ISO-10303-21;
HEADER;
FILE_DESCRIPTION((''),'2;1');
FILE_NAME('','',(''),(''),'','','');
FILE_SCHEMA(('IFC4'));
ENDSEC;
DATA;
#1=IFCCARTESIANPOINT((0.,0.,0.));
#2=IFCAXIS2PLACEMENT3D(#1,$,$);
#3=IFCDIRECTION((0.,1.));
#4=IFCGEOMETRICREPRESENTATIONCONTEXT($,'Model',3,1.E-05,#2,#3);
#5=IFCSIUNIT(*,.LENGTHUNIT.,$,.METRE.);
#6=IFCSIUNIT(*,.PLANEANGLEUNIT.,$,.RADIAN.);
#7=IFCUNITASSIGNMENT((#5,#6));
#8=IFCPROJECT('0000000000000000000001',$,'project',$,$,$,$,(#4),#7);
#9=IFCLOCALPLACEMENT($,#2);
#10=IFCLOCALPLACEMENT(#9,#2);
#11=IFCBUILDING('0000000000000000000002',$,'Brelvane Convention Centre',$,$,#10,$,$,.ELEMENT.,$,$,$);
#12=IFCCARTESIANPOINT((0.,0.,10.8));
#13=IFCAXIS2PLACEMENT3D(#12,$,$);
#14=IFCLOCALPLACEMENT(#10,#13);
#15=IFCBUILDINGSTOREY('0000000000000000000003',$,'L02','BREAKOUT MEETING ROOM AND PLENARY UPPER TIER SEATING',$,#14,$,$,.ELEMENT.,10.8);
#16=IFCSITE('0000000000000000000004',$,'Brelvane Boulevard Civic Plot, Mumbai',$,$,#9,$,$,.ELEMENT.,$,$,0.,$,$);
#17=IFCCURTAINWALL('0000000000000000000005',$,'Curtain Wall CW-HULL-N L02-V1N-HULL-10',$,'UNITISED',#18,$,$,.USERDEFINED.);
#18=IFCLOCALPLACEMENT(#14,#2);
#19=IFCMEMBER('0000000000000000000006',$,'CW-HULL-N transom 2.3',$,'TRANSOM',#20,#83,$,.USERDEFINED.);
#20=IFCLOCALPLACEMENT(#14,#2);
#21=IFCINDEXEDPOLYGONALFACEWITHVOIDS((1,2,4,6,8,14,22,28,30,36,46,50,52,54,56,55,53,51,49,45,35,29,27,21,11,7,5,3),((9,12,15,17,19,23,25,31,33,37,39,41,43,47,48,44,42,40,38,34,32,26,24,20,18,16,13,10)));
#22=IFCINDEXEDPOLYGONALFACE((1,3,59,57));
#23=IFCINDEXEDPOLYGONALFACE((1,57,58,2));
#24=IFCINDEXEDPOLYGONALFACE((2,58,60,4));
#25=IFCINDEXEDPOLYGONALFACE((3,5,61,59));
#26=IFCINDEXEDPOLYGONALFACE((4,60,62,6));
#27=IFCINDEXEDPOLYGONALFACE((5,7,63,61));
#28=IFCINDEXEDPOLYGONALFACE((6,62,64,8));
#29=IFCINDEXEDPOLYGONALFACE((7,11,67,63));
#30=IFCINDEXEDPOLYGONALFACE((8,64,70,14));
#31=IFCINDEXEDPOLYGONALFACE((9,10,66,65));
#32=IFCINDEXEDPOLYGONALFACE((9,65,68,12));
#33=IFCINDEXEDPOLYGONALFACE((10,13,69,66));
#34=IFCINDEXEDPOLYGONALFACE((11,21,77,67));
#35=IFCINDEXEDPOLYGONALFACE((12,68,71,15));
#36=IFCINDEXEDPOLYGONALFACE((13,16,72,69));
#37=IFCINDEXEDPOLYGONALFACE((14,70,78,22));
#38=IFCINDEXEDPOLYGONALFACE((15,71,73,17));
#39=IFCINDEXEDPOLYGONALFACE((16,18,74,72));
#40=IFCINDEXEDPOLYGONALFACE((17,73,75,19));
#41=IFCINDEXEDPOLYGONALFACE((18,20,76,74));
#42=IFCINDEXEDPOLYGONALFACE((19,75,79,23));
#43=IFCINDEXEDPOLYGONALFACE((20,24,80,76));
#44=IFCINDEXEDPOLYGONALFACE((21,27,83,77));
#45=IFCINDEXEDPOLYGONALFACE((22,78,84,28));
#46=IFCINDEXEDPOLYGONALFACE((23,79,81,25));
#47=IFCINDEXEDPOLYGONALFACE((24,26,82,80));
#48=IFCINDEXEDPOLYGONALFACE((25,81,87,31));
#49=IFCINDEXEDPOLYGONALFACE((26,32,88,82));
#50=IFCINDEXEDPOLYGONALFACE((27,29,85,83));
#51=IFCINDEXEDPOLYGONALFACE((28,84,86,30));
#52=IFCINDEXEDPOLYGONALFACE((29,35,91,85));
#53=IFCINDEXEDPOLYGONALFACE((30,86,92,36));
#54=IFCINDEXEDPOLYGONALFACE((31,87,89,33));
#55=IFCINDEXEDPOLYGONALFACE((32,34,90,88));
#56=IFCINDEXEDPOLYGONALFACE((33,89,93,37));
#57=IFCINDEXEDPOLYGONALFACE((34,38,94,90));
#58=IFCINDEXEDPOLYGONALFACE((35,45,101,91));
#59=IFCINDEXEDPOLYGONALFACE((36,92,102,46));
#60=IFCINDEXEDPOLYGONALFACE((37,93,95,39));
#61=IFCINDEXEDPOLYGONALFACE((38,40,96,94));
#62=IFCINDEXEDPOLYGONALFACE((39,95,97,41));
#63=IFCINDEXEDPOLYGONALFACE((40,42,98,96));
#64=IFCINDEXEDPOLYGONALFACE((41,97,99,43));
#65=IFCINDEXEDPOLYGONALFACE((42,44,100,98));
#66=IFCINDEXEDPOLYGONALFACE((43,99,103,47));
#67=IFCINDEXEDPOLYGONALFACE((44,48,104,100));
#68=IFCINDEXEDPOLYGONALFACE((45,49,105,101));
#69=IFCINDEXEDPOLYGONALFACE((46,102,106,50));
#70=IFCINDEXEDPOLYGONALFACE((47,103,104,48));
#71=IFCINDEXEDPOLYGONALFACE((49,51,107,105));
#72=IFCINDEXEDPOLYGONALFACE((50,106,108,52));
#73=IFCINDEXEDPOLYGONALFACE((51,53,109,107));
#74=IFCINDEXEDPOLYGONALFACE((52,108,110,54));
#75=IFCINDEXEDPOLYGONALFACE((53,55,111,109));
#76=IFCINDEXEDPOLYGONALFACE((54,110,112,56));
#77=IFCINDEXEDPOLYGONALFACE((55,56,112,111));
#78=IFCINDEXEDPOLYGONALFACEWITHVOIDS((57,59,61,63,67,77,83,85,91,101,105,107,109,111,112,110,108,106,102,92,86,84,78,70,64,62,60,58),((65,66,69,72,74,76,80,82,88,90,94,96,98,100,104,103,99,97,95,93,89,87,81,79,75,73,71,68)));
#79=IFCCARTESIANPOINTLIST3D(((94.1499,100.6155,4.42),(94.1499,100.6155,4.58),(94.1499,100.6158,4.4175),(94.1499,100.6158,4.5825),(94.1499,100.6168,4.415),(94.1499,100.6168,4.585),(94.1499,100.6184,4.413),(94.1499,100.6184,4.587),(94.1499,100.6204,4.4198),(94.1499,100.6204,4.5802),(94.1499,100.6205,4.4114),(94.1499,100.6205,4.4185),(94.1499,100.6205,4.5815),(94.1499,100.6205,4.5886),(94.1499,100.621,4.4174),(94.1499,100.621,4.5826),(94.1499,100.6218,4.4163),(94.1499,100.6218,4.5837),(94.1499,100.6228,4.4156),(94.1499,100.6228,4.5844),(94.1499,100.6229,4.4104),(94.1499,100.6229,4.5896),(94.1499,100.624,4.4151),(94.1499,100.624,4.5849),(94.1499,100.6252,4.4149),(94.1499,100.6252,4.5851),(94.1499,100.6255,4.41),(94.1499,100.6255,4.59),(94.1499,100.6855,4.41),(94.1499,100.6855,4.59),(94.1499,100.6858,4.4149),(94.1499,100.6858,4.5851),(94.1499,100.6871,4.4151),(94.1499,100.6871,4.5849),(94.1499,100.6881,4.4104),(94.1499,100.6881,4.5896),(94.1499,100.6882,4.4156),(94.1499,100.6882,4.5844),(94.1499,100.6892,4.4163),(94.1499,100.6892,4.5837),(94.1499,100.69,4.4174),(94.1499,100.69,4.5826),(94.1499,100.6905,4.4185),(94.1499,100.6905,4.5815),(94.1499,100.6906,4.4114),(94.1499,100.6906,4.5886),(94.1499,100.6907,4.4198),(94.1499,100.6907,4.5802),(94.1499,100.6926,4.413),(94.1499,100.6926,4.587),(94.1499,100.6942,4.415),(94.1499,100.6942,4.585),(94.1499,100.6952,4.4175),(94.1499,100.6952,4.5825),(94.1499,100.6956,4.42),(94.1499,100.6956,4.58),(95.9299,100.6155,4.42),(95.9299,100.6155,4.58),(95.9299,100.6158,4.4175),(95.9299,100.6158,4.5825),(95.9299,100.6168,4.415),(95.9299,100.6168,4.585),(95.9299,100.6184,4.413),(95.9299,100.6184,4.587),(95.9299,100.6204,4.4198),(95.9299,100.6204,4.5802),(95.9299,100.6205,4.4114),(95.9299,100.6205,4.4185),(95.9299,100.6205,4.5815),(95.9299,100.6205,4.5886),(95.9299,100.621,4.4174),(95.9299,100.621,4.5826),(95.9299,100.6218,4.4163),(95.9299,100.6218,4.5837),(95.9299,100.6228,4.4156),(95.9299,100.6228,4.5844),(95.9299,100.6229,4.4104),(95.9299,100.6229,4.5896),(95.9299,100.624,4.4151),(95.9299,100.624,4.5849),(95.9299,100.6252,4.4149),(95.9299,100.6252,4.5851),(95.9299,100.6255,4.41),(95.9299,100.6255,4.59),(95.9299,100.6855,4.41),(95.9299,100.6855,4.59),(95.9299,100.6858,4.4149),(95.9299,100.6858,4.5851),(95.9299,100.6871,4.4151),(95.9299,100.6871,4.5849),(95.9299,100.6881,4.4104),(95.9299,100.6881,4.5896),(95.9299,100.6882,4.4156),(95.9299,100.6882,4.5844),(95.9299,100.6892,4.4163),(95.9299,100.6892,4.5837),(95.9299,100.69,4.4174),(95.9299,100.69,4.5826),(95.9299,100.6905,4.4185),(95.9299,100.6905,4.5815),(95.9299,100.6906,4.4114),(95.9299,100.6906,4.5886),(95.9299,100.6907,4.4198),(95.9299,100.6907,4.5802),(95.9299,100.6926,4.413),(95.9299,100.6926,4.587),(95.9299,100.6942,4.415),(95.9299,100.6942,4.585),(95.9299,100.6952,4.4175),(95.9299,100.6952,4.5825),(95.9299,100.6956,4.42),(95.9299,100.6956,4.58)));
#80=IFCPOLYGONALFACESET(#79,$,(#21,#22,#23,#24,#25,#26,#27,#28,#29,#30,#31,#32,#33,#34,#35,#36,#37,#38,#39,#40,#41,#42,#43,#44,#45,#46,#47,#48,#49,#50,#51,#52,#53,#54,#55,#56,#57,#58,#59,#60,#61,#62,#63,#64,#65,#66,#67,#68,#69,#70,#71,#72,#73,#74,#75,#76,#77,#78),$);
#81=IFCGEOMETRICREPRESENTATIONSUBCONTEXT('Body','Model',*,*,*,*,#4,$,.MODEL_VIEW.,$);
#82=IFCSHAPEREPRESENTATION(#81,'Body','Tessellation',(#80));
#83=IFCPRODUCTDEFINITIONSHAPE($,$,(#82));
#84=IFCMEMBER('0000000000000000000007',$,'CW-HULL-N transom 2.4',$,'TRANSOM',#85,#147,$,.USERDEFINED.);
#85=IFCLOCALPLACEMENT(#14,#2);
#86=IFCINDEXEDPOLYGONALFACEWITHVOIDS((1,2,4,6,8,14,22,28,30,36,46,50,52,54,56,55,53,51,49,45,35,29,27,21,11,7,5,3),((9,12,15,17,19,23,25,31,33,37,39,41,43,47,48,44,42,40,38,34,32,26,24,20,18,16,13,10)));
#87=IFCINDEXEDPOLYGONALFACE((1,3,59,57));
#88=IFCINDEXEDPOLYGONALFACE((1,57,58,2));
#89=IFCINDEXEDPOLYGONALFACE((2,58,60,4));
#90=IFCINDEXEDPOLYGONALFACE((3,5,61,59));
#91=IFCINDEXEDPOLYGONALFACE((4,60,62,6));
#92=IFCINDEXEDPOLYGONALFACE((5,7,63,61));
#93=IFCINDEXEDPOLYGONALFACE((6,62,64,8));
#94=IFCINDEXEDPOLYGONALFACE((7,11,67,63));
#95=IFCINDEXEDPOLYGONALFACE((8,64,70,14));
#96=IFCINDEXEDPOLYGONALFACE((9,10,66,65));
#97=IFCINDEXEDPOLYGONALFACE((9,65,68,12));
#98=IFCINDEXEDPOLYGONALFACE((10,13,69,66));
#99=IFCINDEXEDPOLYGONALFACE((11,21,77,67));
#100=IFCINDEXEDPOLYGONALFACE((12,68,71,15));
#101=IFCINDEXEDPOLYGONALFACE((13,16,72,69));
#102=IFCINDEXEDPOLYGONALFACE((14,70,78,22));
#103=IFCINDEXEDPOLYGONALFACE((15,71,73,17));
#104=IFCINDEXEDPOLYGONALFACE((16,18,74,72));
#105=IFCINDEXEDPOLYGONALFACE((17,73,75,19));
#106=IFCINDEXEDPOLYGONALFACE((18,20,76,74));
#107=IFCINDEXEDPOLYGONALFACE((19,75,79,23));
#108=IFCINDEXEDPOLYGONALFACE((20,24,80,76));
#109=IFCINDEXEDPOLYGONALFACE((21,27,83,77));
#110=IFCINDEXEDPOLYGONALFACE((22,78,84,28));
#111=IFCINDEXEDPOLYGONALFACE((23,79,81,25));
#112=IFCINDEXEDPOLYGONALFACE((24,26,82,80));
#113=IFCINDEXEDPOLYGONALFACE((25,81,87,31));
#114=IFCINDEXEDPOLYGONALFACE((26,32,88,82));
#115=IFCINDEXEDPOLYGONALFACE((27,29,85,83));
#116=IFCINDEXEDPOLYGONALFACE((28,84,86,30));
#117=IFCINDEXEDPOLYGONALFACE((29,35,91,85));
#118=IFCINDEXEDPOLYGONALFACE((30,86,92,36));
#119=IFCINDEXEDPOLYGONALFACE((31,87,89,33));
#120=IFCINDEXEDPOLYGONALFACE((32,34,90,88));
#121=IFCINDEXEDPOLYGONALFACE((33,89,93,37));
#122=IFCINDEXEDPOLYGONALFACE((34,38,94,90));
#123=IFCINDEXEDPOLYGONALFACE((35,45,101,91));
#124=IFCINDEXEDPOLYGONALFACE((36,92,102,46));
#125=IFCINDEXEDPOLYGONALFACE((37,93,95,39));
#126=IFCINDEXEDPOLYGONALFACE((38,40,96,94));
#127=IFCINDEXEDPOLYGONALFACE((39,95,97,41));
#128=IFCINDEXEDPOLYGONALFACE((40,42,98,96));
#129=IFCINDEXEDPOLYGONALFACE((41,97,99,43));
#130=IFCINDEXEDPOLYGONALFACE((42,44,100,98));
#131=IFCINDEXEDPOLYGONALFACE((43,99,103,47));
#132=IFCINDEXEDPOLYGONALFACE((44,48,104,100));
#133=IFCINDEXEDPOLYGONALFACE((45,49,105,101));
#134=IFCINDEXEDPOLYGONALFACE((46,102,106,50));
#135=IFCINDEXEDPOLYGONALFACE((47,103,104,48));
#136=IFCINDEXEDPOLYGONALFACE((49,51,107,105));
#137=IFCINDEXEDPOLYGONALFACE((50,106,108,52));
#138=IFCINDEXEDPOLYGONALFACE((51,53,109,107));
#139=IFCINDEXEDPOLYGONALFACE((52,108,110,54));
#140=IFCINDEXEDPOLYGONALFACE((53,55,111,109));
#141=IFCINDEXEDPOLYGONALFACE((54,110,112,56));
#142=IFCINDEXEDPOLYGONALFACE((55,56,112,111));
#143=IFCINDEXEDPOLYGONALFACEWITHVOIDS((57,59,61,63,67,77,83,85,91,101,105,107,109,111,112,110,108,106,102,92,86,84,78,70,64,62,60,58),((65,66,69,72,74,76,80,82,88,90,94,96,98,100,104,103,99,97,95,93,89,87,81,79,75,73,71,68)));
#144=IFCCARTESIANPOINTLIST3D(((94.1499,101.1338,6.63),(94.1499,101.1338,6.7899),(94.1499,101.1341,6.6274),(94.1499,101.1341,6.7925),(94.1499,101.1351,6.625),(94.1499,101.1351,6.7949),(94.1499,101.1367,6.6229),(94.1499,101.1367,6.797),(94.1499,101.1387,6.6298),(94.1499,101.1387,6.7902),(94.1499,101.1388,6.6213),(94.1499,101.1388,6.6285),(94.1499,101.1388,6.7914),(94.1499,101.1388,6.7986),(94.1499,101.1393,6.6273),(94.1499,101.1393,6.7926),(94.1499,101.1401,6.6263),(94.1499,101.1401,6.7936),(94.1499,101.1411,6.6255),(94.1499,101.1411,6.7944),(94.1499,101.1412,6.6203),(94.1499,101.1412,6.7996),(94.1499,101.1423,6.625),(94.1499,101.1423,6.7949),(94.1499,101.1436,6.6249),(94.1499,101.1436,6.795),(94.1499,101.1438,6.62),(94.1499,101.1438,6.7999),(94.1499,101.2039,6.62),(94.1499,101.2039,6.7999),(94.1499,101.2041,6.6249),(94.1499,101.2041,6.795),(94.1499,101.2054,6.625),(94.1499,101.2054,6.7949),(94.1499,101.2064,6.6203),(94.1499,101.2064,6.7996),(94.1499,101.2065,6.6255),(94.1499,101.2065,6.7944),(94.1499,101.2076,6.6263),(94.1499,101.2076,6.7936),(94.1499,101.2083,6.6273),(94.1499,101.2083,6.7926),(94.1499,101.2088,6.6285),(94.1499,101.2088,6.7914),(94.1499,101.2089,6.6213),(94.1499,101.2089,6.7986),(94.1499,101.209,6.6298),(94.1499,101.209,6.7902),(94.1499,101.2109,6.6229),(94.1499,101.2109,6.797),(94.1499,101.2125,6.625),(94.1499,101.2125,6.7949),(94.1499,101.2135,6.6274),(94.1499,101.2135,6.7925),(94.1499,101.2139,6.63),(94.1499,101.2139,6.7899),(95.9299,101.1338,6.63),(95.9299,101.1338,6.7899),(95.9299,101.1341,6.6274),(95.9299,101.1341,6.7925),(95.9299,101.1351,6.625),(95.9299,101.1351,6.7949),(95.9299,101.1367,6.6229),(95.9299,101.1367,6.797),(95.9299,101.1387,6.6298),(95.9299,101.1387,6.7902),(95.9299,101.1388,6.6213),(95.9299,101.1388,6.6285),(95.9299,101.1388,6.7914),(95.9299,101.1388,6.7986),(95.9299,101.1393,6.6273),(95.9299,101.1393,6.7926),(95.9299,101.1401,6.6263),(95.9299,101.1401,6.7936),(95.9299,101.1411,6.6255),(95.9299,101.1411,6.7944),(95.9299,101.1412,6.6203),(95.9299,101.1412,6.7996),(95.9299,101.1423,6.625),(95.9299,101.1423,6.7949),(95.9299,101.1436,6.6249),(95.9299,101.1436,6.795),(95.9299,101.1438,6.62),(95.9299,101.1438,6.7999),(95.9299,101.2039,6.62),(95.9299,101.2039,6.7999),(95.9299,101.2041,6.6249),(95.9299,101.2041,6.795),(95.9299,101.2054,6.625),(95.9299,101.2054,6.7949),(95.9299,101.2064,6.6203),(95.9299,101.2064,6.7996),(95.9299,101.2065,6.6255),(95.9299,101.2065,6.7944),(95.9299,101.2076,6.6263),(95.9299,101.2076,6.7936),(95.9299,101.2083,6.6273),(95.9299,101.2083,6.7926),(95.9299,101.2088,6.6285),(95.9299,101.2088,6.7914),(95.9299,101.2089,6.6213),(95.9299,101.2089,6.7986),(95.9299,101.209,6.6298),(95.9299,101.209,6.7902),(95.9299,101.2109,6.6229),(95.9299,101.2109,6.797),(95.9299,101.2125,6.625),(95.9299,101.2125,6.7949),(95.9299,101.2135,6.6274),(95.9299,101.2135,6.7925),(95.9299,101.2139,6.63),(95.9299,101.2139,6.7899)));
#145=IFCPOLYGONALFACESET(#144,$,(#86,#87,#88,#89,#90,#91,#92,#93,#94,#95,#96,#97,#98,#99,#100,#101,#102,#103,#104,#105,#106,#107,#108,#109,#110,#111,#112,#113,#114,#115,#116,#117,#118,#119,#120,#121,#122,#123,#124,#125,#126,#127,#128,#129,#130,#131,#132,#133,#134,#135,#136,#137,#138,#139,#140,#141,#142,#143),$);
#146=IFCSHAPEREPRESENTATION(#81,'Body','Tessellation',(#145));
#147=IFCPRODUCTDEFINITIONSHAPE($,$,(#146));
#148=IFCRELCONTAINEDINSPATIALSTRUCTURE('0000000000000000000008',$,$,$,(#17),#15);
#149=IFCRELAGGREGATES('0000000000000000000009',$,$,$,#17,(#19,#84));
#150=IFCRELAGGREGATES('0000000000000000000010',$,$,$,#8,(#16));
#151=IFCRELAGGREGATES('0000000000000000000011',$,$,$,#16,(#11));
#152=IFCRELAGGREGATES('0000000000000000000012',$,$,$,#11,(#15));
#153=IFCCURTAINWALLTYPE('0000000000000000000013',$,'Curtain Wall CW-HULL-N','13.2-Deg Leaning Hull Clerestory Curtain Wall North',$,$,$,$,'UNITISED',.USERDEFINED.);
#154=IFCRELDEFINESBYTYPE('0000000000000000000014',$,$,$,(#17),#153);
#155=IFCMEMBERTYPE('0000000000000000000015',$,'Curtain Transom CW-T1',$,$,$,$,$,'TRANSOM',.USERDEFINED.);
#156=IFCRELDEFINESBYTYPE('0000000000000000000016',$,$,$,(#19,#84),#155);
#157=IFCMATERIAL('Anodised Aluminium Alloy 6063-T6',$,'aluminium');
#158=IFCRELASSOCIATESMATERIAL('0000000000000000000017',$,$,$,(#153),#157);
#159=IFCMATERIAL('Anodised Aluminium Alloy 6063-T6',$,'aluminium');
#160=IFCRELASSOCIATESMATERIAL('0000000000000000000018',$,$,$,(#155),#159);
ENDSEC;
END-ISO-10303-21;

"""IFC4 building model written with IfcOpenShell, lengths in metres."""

from ifc_helpers import new_model, si_unit, direction, frame, origin, origin_2d, place, context, subcontext, project, spatial, hollow_rectangle, extrude, material, material_profile, profile_set, type_object, element, aggregate, save


model = new_model("IFC4")

# Units and contexts
model_context = context("Model", 3, precision=1e-05, world=origin(), true_north=direction((0.0, 1.0)))
body_context = subcontext(model_context, "Body", "Model", "MODEL_VIEW")
ifc_project = project(units=[si_unit("LENGTHUNIT", "METRE"), si_unit("PLANEANGLEUNIT", "RADIAN")], contexts=[model_context])

# Site, building, storey
site_placement = place(None, origin())
site = spatial("IfcSite", under=ifc_project, at=site_placement, Name="Brelvane Boulevard Civic Plot, Mumbai", CompositionType="ELEMENT", RefElevation=0.0)
building_placement = place(site_placement, origin())
building = spatial("IfcBuilding", under=site, at=building_placement, Name="Brelvane Convention Centre", CompositionType="ELEMENT")
storey_placement = place(building_placement, frame((0.0, 0.0, 10.8)))
storey = spatial("IfcBuildingStorey", under=building, at=storey_placement, Name="L02", Description="BREAKOUT MEETING ROOM AND PLENARY UPPER TIER SEATING", CompositionType="ELEMENT", Elevation=10.8)

# Curtain wall, members
ifc_material_1 = material(Name="Anodised Aluminium Alloy 6063-T6", Category="aluminium")
curtain_wall_type = type_object("IfcCurtainWallType", Name="Curtain Wall CW-HULL-N", Description="13.2-Deg Leaning Hull Clerestory Curtain Wall North", ElementType="UNITISED", PredefinedType="USERDEFINED", material=ifc_material_1)
curtain_wall_placement = place(storey_placement, origin())
curtain_wall = element("IfcCurtainWall", 1, at=curtain_wall_placement, inside=storey, type_object=curtain_wall_type, Name="Curtain Wall CW-HULL-N L02-V1N-HULL-10", ObjectType="UNITISED", PredefinedType="USERDEFINED")
ifc_material_2 = material(Name="Anodised Aluminium Alloy 6063-T6", Category="aluminium")
ifc_material_profile_1 = material_profile(ifc_material_2, hollow_rectangle(XDim=0.0801, YDim=0.1799, WallThickness=0.0049, InnerFilletRadius=0.0049, OuterFilletRadius=0.01, at=origin_2d()), Name="ALU-T 180x80x5.0")
ifc_profile_set_1 = profile_set([ifc_material_profile_1], Name="Anodised Aluminium Alloy 6063-T6")
member_type_1 = type_object("IfcMemberType", Name="Curtain Transom CW-T1", ElementType="TRANSOM", PredefinedType="USERDEFINED", material=ifc_profile_set_1)
member_1_placement = place(storey_placement, frame((94.1499, 100.6555, 4.5), z_axis=(1.0, 0.0, 0.0), x_axis=(0.0, 1.0, 0.0)))
member_1 = element("IfcMember", 2, at=member_1_placement, type_object=member_type_1, Name="CW-HULL-N transom 2.3", ObjectType="TRANSOM", PredefinedType="USERDEFINED", context=body_context, shape_type="SweptSolid", body=[
    extrude(hollow_rectangle(XDim=0.0801, YDim=0.1799, WallThickness=0.0049, InnerFilletRadius=0.0049, OuterFilletRadius=0.01, at=origin_2d()), origin(), (0.0, 0.0, 1.0), 1.78),
])
member_2_placement = place(storey_placement, frame((94.1499, 101.1738, 6.71), z_axis=(1.0, 0.0, 0.0), x_axis=(0.0, 1.0, 0.0)))
member_2 = element("IfcMember", 3, at=member_2_placement, type_object=member_type_1, Name="CW-HULL-N transom 2.4", ObjectType="TRANSOM", PredefinedType="USERDEFINED", context=body_context, shape_type="SweptSolid", body=[
    extrude(hollow_rectangle(XDim=0.0801, YDim=0.1799, WallThickness=0.0049, InnerFilletRadius=0.0049, OuterFilletRadius=0.01, at=origin_2d()), origin(), (0.0, 0.0, 1.0), 1.78),
])

aggregate(curtain_wall, [member_1, member_2])

save(model, "model.ifc")
